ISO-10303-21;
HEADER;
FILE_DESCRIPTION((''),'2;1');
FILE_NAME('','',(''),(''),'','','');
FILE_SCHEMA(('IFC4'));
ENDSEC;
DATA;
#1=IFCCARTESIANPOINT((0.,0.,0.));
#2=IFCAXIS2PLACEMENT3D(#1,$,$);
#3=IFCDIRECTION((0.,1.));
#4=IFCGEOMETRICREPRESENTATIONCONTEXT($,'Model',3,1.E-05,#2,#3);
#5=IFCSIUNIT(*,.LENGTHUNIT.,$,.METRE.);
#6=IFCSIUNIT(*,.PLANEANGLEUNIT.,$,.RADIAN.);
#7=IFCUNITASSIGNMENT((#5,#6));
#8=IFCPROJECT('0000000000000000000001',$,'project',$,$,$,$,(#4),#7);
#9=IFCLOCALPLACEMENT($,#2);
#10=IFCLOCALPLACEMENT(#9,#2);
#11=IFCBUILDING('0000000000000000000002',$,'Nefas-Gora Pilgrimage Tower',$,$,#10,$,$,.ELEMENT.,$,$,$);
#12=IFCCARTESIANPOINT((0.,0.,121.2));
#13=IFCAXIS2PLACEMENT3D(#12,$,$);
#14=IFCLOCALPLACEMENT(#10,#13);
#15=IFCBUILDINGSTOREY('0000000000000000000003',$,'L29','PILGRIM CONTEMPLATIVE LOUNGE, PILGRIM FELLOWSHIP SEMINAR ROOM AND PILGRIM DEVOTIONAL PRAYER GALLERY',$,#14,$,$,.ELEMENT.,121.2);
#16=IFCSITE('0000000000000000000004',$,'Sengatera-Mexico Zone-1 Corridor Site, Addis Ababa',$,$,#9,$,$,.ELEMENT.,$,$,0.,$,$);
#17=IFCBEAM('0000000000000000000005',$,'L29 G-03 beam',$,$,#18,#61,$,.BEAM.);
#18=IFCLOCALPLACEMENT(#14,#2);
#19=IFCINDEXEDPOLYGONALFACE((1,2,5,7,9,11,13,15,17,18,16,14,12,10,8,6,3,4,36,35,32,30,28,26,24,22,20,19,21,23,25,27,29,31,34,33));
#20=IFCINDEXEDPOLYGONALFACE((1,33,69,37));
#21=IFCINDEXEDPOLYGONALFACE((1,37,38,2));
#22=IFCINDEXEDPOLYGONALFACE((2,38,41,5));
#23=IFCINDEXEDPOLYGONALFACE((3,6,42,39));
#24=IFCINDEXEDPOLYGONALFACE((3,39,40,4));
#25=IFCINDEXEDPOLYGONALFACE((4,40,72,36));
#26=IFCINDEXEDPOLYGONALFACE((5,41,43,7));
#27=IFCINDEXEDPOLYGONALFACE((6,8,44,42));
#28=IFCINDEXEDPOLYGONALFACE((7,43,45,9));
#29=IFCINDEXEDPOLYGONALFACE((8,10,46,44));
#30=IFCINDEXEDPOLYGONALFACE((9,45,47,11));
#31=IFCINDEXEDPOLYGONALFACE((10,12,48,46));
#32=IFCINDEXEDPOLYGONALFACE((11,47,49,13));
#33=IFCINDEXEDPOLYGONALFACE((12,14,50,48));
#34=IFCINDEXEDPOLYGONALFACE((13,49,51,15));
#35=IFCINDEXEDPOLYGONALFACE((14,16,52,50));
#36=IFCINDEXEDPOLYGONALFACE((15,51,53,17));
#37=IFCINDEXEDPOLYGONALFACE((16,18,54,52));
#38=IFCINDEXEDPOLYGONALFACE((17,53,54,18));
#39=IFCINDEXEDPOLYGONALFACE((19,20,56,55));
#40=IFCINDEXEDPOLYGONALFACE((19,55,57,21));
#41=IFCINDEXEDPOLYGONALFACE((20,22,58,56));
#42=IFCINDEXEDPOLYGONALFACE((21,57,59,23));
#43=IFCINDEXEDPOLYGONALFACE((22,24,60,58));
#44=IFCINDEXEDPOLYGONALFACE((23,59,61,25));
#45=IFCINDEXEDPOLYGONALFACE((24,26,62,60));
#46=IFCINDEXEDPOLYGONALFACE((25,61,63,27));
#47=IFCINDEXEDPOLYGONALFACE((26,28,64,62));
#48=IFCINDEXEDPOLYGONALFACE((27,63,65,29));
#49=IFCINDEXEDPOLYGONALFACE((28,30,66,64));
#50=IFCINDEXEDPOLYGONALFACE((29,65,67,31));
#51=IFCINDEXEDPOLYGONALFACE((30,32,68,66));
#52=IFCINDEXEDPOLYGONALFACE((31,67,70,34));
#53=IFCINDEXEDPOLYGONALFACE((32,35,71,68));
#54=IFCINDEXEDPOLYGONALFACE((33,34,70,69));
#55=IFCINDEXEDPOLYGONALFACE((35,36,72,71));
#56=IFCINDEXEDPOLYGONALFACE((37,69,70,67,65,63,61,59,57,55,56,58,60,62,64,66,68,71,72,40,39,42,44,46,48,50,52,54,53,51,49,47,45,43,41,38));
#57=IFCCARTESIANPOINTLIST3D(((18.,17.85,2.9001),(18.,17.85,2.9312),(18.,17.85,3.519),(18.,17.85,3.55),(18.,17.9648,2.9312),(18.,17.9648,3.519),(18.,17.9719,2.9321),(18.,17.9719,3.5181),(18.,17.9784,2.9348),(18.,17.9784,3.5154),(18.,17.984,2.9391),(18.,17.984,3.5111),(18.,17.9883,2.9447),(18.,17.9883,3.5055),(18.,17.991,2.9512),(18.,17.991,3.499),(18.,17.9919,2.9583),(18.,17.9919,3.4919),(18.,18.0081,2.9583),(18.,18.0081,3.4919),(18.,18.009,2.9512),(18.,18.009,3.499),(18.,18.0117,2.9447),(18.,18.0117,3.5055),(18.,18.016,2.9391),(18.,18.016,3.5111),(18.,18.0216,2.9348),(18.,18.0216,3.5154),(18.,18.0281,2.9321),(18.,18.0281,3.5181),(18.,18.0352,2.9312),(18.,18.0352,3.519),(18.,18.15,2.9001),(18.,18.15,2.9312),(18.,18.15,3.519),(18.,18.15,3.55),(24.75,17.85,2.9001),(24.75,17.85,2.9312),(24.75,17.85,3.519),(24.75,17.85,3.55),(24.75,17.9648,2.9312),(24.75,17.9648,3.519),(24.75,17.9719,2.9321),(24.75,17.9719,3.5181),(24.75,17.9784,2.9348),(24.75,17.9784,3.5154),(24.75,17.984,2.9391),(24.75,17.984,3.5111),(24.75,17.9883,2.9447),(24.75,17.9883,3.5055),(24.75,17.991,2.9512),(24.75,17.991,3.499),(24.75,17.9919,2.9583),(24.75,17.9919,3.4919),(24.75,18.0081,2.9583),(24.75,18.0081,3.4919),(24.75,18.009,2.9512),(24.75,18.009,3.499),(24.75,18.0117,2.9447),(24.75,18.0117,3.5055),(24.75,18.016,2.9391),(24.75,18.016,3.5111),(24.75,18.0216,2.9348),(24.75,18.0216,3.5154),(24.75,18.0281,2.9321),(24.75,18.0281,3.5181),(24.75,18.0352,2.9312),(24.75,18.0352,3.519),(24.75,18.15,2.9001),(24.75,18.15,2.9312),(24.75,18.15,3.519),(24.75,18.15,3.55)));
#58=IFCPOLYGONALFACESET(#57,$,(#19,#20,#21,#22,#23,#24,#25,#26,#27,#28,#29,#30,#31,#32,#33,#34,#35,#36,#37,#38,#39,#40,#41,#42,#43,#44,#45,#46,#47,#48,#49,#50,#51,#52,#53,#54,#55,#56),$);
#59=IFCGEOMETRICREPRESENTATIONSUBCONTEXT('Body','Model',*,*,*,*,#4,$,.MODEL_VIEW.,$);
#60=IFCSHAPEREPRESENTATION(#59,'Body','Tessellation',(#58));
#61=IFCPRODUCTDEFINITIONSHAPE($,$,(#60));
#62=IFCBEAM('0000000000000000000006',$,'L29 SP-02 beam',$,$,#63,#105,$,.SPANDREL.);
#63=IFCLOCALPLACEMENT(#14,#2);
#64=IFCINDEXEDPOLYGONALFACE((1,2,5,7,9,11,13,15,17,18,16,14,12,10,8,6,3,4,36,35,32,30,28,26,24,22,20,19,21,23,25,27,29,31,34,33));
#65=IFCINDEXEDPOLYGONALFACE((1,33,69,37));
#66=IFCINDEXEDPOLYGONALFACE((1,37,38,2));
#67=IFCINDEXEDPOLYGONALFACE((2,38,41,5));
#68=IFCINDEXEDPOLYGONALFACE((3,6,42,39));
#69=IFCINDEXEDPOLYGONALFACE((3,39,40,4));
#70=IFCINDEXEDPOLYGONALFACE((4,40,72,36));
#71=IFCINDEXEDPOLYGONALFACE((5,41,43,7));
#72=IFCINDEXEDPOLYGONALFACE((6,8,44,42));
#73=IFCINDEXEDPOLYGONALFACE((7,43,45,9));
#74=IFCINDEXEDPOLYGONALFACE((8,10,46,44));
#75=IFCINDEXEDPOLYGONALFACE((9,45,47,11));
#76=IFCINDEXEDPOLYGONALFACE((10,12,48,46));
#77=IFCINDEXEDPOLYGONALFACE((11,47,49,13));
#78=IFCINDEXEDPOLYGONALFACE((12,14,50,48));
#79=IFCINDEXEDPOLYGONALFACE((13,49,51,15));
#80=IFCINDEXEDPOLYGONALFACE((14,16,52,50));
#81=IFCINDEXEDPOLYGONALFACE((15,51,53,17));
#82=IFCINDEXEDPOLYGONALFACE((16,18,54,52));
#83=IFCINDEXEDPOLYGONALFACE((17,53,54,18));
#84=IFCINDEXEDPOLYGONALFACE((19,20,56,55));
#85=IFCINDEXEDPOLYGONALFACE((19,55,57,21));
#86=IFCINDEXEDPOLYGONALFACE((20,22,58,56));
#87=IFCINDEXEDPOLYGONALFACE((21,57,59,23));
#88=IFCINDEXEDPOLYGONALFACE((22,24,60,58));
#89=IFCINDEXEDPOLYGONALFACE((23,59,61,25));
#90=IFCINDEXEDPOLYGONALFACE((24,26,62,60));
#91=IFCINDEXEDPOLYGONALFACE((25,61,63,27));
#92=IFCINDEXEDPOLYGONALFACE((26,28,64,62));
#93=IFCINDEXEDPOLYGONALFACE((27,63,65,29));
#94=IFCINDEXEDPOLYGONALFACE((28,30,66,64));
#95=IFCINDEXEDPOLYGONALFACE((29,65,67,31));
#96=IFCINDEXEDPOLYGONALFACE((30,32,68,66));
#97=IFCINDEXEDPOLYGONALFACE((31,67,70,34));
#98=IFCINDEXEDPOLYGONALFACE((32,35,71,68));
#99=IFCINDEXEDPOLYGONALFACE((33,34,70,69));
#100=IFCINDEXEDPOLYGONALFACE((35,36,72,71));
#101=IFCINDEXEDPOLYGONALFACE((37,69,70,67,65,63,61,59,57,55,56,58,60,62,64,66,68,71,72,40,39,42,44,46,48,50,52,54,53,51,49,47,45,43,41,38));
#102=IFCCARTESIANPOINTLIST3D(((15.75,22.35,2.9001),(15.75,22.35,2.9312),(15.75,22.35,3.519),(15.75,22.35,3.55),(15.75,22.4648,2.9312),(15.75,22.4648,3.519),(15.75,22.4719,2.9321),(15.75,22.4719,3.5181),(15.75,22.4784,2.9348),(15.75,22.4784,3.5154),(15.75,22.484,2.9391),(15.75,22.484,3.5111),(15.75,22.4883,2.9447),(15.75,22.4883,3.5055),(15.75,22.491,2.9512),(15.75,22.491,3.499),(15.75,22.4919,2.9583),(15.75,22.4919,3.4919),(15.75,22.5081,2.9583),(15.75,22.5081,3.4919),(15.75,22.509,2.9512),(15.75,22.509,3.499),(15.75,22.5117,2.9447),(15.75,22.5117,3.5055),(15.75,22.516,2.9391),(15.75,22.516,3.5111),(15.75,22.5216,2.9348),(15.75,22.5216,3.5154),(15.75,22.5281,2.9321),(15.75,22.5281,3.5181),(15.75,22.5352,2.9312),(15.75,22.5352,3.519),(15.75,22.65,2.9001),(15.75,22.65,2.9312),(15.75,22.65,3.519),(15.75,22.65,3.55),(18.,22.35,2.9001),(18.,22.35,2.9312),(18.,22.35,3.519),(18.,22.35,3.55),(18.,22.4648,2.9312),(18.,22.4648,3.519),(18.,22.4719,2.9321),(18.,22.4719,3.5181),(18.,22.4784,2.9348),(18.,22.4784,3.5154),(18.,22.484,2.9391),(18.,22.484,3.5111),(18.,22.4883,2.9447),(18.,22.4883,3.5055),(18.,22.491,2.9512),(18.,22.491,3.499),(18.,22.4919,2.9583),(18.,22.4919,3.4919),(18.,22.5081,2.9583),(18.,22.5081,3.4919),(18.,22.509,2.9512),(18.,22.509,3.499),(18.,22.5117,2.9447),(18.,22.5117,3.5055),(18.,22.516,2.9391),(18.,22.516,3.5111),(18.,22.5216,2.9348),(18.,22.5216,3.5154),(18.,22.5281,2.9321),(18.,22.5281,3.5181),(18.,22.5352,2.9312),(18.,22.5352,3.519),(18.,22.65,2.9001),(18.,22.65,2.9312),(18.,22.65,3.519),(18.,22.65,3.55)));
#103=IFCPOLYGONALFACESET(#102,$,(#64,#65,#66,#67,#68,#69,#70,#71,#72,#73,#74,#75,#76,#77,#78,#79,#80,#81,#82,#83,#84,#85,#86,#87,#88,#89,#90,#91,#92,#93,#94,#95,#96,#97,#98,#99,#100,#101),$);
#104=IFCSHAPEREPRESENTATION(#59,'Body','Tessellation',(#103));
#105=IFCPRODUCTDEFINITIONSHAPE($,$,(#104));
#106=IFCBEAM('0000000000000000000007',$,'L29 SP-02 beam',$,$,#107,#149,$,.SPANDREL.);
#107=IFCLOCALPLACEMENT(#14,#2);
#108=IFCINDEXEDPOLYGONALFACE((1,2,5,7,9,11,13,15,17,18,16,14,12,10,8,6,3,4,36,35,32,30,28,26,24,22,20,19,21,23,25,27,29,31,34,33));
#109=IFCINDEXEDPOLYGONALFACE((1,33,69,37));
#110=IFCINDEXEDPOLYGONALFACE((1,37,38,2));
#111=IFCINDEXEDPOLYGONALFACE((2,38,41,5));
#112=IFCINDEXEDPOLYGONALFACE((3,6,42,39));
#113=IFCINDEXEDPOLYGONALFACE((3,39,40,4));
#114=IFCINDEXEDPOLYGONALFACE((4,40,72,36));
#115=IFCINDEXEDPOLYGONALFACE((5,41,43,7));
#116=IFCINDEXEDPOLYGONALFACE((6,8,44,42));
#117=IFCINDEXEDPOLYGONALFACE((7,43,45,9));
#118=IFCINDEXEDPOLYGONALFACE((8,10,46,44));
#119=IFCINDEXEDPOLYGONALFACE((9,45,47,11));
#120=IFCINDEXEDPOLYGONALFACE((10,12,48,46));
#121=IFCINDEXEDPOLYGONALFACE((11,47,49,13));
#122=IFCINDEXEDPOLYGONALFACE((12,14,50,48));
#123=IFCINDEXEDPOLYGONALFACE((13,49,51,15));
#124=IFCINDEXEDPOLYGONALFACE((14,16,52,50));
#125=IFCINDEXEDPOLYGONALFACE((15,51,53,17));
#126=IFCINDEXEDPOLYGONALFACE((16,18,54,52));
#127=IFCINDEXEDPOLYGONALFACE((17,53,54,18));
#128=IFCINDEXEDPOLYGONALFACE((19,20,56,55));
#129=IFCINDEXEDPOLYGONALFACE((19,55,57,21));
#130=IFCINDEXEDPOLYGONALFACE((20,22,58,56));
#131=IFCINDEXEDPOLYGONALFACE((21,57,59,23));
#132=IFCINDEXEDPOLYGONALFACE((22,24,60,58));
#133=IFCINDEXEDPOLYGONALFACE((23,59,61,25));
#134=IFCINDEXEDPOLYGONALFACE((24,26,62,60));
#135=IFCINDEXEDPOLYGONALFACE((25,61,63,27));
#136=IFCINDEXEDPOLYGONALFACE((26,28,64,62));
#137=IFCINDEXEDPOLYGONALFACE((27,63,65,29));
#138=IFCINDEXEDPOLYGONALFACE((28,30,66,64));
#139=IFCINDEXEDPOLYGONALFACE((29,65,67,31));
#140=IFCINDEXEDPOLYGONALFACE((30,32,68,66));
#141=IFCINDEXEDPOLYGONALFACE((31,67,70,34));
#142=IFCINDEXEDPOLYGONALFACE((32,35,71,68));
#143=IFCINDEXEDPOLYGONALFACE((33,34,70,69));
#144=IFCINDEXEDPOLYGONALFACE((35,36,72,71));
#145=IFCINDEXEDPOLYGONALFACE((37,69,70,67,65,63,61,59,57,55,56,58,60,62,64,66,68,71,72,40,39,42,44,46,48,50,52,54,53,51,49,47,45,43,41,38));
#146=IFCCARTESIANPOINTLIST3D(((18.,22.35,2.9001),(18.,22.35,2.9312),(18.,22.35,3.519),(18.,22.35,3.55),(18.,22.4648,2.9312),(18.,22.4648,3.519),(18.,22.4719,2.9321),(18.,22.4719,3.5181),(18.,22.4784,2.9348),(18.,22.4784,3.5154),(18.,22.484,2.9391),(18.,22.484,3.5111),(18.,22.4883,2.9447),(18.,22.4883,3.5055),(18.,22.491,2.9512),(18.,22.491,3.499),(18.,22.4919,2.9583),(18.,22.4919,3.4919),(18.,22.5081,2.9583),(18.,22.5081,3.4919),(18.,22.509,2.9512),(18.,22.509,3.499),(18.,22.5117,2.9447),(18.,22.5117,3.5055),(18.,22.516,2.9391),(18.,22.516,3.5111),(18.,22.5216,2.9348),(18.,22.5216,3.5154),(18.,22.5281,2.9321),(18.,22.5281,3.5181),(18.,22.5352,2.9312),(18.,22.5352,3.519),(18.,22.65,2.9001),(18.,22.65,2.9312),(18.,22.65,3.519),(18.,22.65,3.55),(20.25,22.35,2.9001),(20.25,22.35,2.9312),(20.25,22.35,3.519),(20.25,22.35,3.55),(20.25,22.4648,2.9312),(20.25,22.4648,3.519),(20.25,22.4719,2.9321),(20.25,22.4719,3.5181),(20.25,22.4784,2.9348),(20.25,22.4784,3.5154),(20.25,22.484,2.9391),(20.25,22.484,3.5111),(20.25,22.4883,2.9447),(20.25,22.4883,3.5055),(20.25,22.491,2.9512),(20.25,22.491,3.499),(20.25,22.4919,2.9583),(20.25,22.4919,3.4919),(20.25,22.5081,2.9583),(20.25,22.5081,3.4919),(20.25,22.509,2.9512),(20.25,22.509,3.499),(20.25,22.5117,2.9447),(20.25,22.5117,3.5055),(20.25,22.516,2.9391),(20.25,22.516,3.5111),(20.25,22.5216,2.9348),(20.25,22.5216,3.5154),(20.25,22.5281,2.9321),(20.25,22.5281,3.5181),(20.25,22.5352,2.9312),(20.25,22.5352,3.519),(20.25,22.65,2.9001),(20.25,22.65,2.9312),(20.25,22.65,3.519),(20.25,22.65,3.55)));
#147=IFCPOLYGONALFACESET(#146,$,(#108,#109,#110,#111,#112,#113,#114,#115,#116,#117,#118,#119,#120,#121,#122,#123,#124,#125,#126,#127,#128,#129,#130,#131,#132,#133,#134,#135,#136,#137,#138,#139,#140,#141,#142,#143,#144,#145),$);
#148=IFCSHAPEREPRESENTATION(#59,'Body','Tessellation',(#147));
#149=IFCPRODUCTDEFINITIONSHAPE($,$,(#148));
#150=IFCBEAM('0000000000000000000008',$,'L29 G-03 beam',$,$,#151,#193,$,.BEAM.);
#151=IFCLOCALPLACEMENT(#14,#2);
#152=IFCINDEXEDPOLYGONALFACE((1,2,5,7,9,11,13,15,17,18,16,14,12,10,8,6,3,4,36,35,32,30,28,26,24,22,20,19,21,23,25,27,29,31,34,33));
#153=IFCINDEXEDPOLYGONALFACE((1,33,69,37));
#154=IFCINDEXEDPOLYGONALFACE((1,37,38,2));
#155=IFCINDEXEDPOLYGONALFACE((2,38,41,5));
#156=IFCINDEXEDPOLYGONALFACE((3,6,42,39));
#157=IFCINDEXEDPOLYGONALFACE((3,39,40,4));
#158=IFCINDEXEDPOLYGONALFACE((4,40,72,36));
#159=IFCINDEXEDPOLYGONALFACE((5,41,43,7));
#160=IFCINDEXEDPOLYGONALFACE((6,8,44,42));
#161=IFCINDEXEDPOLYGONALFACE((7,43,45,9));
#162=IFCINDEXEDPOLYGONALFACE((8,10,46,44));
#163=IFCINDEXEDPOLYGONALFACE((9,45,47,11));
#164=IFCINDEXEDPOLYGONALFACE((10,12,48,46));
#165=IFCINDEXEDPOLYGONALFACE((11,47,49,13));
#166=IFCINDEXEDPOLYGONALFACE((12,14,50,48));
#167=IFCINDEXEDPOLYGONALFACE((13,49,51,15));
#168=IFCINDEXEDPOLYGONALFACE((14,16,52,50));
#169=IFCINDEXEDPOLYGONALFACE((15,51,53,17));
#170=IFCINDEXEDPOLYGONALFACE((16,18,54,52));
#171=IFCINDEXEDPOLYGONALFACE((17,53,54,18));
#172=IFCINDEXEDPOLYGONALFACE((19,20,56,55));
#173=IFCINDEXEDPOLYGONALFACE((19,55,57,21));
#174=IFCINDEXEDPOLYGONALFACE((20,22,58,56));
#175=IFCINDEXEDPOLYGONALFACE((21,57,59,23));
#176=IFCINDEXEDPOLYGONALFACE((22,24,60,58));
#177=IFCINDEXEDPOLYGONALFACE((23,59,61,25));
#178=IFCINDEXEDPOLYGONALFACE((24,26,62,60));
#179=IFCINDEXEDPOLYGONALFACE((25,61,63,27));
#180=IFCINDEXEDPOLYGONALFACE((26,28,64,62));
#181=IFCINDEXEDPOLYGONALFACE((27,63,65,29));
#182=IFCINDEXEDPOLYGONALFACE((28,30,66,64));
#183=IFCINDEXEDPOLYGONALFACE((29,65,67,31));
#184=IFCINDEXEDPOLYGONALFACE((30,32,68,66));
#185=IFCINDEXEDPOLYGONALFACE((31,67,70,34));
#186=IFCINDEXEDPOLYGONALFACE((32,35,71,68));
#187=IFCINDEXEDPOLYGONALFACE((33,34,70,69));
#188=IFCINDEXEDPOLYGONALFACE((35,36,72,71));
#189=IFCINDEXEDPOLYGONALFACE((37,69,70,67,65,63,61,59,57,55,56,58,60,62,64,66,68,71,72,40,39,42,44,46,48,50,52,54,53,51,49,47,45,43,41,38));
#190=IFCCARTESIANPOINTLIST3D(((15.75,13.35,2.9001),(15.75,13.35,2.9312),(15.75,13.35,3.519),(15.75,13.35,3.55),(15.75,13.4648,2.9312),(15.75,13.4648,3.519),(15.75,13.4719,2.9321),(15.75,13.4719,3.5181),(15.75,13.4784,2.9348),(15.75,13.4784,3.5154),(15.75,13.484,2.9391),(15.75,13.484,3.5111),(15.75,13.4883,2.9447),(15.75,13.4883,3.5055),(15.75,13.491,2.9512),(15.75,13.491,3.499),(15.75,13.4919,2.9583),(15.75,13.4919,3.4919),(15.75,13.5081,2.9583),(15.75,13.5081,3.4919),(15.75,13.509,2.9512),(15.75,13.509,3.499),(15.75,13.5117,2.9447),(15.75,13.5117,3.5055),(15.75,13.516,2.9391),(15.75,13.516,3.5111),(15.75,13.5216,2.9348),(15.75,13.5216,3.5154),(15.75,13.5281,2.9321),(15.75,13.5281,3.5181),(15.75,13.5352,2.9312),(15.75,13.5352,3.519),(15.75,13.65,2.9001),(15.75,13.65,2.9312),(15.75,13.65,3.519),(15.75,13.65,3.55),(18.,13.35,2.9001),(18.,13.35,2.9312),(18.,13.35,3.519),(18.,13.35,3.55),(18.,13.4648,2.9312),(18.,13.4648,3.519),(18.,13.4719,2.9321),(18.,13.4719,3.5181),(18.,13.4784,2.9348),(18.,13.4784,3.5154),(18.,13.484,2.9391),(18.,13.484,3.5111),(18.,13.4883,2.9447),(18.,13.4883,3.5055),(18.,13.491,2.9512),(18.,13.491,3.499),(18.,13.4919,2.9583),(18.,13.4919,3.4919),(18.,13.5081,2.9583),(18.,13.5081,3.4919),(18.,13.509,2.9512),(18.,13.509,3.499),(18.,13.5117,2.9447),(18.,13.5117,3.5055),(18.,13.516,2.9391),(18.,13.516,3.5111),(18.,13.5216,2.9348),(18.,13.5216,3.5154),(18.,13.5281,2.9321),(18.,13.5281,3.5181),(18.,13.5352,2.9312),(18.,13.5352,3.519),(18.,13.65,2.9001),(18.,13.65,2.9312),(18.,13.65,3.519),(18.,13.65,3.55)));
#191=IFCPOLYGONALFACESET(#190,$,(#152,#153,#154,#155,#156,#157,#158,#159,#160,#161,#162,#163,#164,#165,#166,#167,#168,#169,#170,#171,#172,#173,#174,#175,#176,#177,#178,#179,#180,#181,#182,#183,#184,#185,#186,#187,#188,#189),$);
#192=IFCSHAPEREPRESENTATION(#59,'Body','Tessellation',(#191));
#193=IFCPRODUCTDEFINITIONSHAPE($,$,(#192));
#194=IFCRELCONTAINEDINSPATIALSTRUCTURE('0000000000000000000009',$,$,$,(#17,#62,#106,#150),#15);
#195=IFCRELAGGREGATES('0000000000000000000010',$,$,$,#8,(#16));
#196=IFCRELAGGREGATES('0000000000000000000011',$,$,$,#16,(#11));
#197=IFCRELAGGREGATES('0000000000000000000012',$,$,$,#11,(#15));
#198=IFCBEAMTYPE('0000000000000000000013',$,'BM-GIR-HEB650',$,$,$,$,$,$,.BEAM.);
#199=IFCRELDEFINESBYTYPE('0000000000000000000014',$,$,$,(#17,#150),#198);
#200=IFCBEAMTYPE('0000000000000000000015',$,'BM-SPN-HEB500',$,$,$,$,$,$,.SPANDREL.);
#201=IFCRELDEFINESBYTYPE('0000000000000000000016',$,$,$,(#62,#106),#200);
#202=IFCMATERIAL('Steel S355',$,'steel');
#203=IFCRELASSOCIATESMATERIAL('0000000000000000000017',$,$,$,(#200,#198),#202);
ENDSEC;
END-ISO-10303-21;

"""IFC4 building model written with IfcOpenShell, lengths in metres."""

from ifc_helpers import new_model, si_unit, direction, frame, origin, origin_2d, place, context, subcontext, project, spatial, i_section, extrude, source, transform, mapped, material, material_profile, profile_set, type_object, element, save


model = new_model("IFC4")

# Units and contexts
model_context = context("Model", 3, precision=1e-05, world=origin(), true_north=direction((0.0, 1.0)))
body_context = subcontext(model_context, "Body", "Model", "MODEL_VIEW")
ifc_project = project(units=[si_unit("LENGTHUNIT", "METRE"), si_unit("PLANEANGLEUNIT", "RADIAN")], contexts=[model_context])

# Site, building, storey
site_placement = place(None, origin())
site = spatial("IfcSite", under=ifc_project, at=site_placement, Name="Sengatera-Mexico Zone-1 Corridor Site, Addis Ababa", CompositionType="ELEMENT", RefElevation=0.0)
building_placement = place(site_placement, origin())
building = spatial("IfcBuilding", under=site, at=building_placement, Name="Nefas-Gora Pilgrimage Tower", CompositionType="ELEMENT")
storey_placement = place(building_placement, frame((0.0, 0.0, 121.2)))
storey = spatial("IfcBuildingStorey", under=building, at=storey_placement, Name="L29", Description="PILGRIM CONTEMPLATIVE LOUNGE, PILGRIM FELLOWSHIP SEMINAR ROOM AND PILGRIM DEVOTIONAL PRAYER GALLERY", CompositionType="ELEMENT", Elevation=121.2)

# Beams
ifc_material_1 = material(Name="Steel S355", Category="steel")
ifc_material_profile_1 = material_profile(ifc_material_1, i_section(OverallWidth=0.3, OverallDepth=0.6499, WebThickness=0.0161, FlangeThickness=0.031, FilletRadius=0.0271, at=origin_2d()), Name="HEB 650")
ifc_profile_set_1 = profile_set([ifc_material_profile_1], Name="Steel S355")
beam_type_1 = type_object("IfcBeamType", Name="BM-SPN-HEB500", PredefinedType="SPANDREL", material=ifc_profile_set_1)
ifc_material_profile_2 = material_profile(ifc_material_1, i_section(OverallWidth=0.3, OverallDepth=0.6499, WebThickness=0.0161, FlangeThickness=0.031, FilletRadius=0.0271, at=origin_2d()), Name="HEB 650")
ifc_profile_set_2 = profile_set([ifc_material_profile_2], Name="Steel S355")
beam_type_2 = type_object("IfcBeamType", Name="BM-GIR-HEB650", PredefinedType="BEAM", material=ifc_profile_set_2)
shared_shape_1 = source(origin(), body_context, "Body", "SweptSolid", [
    extrude(i_section(OverallWidth=0.3, OverallDepth=0.6499, WebThickness=0.0161, FlangeThickness=0.031, FilletRadius=0.0271, at=origin_2d()), origin(), (0.0, 0.0, 1.0), 6.75),
])
for number, where, z_axis, x_axis, name in (
    (1, (18.0, 18.0, 3.2251), (1.0, 0.0, 0.0), (0.0, 1.0, 0.0), "L29 G-03 beam"),
):
    element("IfcBeam", number, at=place(storey_placement, frame(where, z_axis=z_axis, x_axis=x_axis)), inside=storey, type_object=beam_type_2, Name=name, PredefinedType="BEAM", context=body_context, shape_type="MappedRepresentation", body=[
        mapped(shared_shape_1, transform((0.0, 0.0, 0.0), x_axis=(1.0, 0.0, 0.0), y_axis=(0.0, 1.0, 0.0), z_axis=(0.0, 0.0, 1.0), scale=1.0)),
    ])
shared_shape_2 = source(origin(), body_context, "Body", "SweptSolid", [
    extrude(i_section(OverallWidth=0.3, OverallDepth=0.6499, WebThickness=0.0161, FlangeThickness=0.031, FilletRadius=0.0271, at=origin_2d()), origin(), (0.0, 0.0, 1.0), 2.25),
])
for number, where, z_axis, x_axis, name in (
    (2, (15.75, 22.5, 3.2251), (1.0, 0.0, 0.0), (0.0, 1.0, 0.0), "L29 SP-02 beam"),
    (3, (18.0, 22.5, 3.2251), (1.0, 0.0, 0.0), (0.0, 1.0, 0.0), "L29 SP-02 beam"),
):
    element("IfcBeam", number, at=place(storey_placement, frame(where, z_axis=z_axis, x_axis=x_axis)), inside=storey, type_object=beam_type_1, Name=name, PredefinedType="SPANDREL", context=body_context, shape_type="MappedRepresentation", body=[
        mapped(shared_shape_2, transform((0.0, 0.0, 0.0), x_axis=(1.0, 0.0, 0.0), y_axis=(0.0, 1.0, 0.0), z_axis=(0.0, 0.0, 1.0), scale=1.0)),
    ])
shared_shape_3 = source(origin(), body_context, "Body", "SweptSolid", [
    extrude(i_section(OverallWidth=0.3, OverallDepth=0.6499, WebThickness=0.0161, FlangeThickness=0.031, FilletRadius=0.0271, at=origin_2d()), origin(), (0.0, 0.0, 1.0), 2.25),
])
beam_1_placement = place(storey_placement, frame((15.75, 13.5, 3.2251), z_axis=(1.0, 0.0, 0.0), x_axis=(0.0, 1.0, 0.0)))
element("IfcBeam", 4, at=beam_1_placement, inside=storey, type_object=beam_type_2, Name="L29 G-03 beam", PredefinedType="BEAM", context=body_context, shape_type="MappedRepresentation", body=[
    mapped(shared_shape_3, transform((0.0, 0.0, 0.0), x_axis=(1.0, 0.0, 0.0), y_axis=(0.0, 1.0, 0.0), z_axis=(0.0, 0.0, 1.0), scale=1.0)),
])

save(model, "model.ifc")
